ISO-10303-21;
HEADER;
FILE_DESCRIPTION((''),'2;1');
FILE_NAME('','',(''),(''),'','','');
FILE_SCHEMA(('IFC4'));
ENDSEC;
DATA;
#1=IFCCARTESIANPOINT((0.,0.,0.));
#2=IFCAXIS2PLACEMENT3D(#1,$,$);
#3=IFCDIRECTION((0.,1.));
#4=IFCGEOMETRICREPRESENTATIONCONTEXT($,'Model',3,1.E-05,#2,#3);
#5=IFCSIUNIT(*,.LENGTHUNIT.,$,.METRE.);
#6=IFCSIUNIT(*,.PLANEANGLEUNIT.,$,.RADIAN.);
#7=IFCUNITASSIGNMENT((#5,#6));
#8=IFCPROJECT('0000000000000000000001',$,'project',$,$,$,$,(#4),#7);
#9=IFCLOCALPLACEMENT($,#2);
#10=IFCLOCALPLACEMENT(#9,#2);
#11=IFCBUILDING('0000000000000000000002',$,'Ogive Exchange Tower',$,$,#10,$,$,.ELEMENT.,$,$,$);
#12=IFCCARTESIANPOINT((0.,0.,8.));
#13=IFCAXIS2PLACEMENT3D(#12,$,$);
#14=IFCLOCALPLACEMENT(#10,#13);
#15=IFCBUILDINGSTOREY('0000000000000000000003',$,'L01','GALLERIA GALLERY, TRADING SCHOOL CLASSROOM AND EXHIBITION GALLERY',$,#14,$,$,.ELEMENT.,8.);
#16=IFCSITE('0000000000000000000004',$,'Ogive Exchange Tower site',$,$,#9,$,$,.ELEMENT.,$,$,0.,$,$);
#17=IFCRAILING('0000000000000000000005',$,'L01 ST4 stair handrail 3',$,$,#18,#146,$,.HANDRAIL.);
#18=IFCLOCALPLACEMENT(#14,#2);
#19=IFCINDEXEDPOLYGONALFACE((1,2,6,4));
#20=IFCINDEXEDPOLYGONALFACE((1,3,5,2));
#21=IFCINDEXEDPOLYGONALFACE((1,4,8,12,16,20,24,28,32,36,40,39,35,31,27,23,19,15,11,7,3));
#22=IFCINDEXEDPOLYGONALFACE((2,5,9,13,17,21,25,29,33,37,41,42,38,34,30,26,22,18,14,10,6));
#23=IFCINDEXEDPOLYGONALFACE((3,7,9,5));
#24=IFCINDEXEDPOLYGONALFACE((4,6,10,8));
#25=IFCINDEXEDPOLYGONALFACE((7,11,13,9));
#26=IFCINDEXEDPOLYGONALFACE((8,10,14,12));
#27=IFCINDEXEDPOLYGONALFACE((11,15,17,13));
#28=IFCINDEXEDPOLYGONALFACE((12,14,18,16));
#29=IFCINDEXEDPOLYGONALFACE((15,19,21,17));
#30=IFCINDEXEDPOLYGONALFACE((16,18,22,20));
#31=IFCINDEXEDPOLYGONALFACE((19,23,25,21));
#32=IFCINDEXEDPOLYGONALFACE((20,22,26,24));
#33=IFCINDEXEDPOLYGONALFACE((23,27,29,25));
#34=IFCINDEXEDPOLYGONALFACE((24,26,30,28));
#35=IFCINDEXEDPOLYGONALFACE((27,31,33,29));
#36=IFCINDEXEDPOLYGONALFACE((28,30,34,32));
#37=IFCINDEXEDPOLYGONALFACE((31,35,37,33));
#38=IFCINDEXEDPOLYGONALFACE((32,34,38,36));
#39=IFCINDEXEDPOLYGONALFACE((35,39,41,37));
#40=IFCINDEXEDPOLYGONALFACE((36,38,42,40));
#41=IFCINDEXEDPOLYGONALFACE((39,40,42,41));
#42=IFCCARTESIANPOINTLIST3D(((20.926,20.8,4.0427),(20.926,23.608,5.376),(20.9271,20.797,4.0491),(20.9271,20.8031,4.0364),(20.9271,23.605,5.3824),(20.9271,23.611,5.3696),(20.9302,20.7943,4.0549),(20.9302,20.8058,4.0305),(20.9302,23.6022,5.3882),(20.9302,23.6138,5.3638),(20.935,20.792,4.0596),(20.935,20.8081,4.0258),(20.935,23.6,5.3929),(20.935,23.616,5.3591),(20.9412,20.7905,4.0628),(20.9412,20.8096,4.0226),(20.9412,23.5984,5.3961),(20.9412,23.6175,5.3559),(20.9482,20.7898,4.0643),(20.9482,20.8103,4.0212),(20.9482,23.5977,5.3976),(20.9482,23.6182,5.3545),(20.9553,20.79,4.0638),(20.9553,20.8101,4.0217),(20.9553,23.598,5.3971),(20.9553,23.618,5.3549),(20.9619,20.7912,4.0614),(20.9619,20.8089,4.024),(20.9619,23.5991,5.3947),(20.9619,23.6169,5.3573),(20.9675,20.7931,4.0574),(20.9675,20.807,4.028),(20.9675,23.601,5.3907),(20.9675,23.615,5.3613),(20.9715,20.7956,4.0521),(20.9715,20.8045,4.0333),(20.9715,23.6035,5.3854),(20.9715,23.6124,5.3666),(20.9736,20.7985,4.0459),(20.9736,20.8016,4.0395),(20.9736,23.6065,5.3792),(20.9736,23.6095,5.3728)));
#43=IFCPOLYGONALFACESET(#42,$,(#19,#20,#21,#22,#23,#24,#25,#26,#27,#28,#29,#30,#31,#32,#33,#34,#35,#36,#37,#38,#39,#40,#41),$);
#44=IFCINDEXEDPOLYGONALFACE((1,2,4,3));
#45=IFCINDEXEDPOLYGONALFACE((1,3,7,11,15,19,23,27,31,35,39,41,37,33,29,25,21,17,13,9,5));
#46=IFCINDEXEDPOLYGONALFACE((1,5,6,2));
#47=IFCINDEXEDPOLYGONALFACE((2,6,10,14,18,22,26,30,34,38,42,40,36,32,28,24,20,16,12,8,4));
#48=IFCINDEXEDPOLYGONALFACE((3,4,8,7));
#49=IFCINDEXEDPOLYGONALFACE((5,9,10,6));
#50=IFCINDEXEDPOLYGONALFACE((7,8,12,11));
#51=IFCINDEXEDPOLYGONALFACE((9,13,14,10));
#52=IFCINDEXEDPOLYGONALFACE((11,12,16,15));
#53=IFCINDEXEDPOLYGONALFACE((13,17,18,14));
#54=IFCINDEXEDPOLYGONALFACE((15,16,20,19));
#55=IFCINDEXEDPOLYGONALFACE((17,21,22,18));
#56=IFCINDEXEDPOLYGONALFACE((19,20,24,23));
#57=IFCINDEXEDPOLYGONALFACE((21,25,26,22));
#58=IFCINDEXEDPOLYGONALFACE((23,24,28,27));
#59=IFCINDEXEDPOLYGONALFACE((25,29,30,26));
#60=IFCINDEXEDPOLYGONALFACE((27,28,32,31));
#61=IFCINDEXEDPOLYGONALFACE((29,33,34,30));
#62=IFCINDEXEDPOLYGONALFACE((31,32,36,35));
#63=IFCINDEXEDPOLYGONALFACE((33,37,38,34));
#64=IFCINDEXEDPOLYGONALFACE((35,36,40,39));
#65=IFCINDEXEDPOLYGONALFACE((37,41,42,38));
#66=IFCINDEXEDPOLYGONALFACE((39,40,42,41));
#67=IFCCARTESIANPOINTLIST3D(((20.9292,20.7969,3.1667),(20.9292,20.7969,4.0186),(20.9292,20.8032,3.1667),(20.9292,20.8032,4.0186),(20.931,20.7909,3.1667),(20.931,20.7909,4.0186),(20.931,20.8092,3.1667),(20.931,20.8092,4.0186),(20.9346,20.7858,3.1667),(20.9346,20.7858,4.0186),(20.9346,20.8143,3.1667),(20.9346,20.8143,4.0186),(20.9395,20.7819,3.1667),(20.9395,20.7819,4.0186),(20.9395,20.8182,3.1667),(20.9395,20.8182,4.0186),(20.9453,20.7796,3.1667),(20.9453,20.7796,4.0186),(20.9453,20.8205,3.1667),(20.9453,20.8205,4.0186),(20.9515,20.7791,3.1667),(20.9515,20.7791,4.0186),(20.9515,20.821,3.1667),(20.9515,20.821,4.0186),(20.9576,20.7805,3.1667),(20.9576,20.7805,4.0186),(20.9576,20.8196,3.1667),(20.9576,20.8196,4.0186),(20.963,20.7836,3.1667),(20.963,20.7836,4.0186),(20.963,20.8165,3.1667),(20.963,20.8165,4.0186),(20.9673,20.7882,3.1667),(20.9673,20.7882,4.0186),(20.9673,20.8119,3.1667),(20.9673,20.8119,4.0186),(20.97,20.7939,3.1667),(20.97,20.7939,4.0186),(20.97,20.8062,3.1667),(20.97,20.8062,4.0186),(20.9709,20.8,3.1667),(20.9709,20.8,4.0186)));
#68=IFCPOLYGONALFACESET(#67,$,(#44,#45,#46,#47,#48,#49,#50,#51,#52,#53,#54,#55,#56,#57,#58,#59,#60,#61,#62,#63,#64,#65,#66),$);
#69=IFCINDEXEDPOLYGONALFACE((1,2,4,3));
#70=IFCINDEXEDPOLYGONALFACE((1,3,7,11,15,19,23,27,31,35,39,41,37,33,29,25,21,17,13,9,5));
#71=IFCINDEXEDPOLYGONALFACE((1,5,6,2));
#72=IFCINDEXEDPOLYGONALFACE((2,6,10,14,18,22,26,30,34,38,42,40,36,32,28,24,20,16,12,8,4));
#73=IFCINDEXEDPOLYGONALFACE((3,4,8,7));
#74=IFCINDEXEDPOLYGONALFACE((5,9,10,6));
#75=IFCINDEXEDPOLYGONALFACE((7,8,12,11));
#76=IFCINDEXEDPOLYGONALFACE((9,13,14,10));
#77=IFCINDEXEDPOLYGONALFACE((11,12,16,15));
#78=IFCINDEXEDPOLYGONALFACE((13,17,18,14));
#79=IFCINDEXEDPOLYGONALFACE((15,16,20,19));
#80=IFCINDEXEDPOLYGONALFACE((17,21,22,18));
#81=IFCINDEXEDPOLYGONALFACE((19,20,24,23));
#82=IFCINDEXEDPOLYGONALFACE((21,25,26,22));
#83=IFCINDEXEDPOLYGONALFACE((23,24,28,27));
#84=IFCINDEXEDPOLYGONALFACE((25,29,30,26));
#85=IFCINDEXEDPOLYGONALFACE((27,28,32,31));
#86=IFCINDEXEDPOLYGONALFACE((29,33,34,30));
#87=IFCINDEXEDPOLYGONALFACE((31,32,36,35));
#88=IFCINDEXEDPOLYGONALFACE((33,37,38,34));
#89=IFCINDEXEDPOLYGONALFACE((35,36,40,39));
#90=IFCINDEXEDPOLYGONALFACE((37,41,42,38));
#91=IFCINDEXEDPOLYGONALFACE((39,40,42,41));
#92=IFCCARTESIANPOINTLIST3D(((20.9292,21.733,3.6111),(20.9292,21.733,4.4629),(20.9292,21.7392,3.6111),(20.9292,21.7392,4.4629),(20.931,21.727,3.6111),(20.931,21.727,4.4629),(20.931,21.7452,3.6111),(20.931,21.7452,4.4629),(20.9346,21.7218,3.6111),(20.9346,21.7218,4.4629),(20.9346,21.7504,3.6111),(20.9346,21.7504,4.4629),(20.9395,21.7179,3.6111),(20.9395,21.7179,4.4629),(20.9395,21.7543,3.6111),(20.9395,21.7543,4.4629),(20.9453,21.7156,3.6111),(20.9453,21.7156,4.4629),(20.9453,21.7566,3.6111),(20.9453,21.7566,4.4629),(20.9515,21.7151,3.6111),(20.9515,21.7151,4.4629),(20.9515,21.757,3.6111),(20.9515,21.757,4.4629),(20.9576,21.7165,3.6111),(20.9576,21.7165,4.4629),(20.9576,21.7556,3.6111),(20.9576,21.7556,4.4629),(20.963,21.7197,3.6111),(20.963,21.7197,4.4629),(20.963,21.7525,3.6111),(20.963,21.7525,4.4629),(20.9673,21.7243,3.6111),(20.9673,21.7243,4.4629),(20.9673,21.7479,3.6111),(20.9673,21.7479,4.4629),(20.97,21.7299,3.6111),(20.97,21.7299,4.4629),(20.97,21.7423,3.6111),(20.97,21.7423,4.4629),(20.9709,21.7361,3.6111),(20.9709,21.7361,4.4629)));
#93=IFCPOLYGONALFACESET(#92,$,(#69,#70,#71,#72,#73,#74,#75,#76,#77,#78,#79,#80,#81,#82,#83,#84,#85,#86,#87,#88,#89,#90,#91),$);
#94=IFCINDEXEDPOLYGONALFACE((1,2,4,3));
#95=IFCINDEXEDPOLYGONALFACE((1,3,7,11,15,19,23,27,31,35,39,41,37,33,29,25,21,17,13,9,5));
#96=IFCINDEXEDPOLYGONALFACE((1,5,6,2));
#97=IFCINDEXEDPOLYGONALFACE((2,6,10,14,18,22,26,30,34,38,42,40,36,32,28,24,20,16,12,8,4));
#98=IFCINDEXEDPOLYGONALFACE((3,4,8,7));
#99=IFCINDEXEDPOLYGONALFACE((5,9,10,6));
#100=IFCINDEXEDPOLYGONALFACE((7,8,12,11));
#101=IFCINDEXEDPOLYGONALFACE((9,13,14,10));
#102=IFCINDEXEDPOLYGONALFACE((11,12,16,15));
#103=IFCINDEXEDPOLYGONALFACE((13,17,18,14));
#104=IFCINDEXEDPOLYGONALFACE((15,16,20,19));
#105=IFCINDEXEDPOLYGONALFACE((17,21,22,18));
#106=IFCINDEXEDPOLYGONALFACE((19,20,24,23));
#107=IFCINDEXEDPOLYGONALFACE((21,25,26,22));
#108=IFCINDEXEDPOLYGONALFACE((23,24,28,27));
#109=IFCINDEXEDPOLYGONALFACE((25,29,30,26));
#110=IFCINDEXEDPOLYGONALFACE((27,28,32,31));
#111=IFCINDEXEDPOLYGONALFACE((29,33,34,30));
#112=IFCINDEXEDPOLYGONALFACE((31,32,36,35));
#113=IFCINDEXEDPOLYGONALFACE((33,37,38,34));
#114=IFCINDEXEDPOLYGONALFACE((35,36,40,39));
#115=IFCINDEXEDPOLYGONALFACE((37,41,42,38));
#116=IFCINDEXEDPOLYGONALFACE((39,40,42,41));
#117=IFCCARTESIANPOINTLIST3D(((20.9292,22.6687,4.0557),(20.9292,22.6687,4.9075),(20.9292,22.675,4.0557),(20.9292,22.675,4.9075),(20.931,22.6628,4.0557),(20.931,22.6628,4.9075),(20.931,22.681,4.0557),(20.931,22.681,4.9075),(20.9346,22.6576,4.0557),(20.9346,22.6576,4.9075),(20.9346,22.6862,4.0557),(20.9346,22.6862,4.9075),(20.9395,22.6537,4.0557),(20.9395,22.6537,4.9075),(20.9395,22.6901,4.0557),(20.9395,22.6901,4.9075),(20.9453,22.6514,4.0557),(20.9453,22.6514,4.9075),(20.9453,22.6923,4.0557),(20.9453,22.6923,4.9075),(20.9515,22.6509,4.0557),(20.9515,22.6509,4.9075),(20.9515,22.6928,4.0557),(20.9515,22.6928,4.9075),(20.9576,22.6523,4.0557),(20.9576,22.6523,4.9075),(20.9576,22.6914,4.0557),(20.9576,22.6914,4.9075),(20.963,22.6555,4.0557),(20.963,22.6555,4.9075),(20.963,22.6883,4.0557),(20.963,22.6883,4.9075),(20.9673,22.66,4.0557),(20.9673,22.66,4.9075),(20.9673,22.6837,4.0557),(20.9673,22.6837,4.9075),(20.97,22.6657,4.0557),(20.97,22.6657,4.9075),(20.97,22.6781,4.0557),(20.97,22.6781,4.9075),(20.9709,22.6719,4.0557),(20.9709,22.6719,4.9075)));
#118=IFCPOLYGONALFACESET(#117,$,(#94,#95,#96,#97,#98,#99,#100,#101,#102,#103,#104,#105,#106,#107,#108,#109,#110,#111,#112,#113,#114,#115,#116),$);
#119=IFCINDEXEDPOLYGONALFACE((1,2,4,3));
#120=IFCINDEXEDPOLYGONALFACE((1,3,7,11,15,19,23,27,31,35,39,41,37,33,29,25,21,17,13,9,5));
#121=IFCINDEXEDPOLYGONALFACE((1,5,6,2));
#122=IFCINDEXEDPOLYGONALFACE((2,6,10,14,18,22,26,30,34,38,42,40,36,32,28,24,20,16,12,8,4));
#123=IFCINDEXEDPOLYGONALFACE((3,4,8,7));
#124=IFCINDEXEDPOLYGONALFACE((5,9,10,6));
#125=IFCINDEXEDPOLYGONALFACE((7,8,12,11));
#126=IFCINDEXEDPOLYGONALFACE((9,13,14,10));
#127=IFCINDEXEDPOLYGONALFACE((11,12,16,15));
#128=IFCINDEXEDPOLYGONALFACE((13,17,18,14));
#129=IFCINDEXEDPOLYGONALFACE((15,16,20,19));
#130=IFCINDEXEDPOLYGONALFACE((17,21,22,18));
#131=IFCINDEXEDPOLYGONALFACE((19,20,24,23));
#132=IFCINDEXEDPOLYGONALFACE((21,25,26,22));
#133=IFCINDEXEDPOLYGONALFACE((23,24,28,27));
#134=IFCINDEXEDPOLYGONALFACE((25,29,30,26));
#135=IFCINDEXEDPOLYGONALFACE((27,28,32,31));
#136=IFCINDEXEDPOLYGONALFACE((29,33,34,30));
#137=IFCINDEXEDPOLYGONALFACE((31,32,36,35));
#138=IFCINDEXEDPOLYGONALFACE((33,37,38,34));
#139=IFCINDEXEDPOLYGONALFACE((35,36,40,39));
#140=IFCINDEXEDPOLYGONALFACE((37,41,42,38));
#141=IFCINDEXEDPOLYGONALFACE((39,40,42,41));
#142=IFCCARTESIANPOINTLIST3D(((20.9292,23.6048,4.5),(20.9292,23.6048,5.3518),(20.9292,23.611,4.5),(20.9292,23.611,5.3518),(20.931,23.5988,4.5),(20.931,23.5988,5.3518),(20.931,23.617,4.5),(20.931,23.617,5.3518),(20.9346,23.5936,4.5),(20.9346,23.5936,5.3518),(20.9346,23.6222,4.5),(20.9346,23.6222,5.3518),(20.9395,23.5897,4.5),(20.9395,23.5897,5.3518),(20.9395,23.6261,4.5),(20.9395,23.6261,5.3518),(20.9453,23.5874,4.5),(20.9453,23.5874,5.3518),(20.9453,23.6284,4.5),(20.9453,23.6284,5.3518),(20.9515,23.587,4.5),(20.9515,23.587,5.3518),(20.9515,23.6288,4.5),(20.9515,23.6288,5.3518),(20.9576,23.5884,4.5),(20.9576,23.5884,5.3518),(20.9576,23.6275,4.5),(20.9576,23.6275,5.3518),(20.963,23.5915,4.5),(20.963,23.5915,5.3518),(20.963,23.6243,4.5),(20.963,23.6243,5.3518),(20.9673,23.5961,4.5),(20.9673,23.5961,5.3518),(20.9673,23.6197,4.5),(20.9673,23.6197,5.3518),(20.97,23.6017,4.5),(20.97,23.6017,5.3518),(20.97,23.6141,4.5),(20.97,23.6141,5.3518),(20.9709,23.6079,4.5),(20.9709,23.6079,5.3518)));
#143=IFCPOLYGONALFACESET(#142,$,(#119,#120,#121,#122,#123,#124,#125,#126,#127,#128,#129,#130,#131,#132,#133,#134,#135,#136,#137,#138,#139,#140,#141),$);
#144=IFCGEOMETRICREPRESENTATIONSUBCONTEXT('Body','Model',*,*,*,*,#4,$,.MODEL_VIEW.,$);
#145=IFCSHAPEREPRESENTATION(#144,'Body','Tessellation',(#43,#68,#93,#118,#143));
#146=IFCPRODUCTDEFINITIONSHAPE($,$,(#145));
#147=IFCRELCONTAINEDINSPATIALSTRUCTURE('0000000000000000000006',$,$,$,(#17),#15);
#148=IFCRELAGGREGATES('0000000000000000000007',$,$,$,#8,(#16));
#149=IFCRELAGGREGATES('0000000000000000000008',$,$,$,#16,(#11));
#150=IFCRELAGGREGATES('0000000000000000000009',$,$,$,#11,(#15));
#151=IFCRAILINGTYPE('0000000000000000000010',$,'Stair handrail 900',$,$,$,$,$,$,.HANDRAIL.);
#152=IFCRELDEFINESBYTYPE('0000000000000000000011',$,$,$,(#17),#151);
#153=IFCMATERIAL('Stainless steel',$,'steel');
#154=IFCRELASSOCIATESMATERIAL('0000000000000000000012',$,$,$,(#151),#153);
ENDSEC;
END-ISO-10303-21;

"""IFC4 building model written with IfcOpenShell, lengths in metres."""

from ifc_helpers import new_model, si_unit, direction, frame, origin, origin_2d, place, context, subcontext, project, spatial, circle, extrude, material, type_object, element, save


model = new_model("IFC4")

# Units and contexts
model_context = context("Model", 3, precision=1e-05, world=origin(), true_north=direction((0.0, 1.0)))
body_context = subcontext(model_context, "Body", "Model", "MODEL_VIEW")
ifc_project = project(units=[si_unit("LENGTHUNIT", "METRE"), si_unit("PLANEANGLEUNIT", "RADIAN")], contexts=[model_context])

# Site, building, storey
site_placement = place(None, origin())
site = spatial("IfcSite", under=ifc_project, at=site_placement, Name="Ogive Exchange Tower site", CompositionType="ELEMENT", RefElevation=0.0)
building_placement = place(site_placement, origin())
building = spatial("IfcBuilding", under=site, at=building_placement, Name="Ogive Exchange Tower", CompositionType="ELEMENT")
storey_placement = place(building_placement, frame((0.0, 0.0, 8.0)))
storey = spatial("IfcBuildingStorey", under=building, at=storey_placement, Name="L01", Description="GALLERIA GALLERY, TRADING SCHOOL CLASSROOM AND EXHIBITION GALLERY", CompositionType="ELEMENT", Elevation=8.0)

# Railing
ifc_material_1 = material(Name="Stainless steel", Category="steel")
railing_type = type_object("IfcRailingType", Name="Stair handrail 900", PredefinedType="HANDRAIL", material=ifc_material_1)
railing_1_placement = place(storey_placement, frame((20.95, 20.8, 3.1667)))
element("IfcRailing", 1, at=railing_1_placement, inside=storey, type_object=railing_type, Name="L01 ST4 stair handrail 3", PredefinedType="HANDRAIL", context=body_context, shape_type="SweptSolid", body=[
    extrude(circle(Radius=0.0239, at=origin_2d()), frame((0.0, 0.0, 0.876), z_axis=(0.0, 0.903338, 0.42893), x_axis=(-1.0, 0.0, 0.0)), (0.0, 0.0, 1.0), 3.1084),
    extrude(circle(Radius=0.021, at=origin_2d()), origin(), (0.0, 0.0, 1.0), 0.8518),
    extrude(circle(Radius=0.021, at=origin_2d()), frame((0.0, 0.936, 0.4443)), (0.0, 0.0, 1.0), 0.8518),
    extrude(circle(Radius=0.021, at=origin_2d()), frame((0.0, 1.8718, 0.8889)), (0.0, 0.0, 1.0), 0.8518),
    extrude(circle(Radius=0.021, at=origin_2d()), frame((0.0, 2.8079, 1.3333)), (0.0, 0.0, 1.0), 0.8518),
])

save(model, "model.ifc")
